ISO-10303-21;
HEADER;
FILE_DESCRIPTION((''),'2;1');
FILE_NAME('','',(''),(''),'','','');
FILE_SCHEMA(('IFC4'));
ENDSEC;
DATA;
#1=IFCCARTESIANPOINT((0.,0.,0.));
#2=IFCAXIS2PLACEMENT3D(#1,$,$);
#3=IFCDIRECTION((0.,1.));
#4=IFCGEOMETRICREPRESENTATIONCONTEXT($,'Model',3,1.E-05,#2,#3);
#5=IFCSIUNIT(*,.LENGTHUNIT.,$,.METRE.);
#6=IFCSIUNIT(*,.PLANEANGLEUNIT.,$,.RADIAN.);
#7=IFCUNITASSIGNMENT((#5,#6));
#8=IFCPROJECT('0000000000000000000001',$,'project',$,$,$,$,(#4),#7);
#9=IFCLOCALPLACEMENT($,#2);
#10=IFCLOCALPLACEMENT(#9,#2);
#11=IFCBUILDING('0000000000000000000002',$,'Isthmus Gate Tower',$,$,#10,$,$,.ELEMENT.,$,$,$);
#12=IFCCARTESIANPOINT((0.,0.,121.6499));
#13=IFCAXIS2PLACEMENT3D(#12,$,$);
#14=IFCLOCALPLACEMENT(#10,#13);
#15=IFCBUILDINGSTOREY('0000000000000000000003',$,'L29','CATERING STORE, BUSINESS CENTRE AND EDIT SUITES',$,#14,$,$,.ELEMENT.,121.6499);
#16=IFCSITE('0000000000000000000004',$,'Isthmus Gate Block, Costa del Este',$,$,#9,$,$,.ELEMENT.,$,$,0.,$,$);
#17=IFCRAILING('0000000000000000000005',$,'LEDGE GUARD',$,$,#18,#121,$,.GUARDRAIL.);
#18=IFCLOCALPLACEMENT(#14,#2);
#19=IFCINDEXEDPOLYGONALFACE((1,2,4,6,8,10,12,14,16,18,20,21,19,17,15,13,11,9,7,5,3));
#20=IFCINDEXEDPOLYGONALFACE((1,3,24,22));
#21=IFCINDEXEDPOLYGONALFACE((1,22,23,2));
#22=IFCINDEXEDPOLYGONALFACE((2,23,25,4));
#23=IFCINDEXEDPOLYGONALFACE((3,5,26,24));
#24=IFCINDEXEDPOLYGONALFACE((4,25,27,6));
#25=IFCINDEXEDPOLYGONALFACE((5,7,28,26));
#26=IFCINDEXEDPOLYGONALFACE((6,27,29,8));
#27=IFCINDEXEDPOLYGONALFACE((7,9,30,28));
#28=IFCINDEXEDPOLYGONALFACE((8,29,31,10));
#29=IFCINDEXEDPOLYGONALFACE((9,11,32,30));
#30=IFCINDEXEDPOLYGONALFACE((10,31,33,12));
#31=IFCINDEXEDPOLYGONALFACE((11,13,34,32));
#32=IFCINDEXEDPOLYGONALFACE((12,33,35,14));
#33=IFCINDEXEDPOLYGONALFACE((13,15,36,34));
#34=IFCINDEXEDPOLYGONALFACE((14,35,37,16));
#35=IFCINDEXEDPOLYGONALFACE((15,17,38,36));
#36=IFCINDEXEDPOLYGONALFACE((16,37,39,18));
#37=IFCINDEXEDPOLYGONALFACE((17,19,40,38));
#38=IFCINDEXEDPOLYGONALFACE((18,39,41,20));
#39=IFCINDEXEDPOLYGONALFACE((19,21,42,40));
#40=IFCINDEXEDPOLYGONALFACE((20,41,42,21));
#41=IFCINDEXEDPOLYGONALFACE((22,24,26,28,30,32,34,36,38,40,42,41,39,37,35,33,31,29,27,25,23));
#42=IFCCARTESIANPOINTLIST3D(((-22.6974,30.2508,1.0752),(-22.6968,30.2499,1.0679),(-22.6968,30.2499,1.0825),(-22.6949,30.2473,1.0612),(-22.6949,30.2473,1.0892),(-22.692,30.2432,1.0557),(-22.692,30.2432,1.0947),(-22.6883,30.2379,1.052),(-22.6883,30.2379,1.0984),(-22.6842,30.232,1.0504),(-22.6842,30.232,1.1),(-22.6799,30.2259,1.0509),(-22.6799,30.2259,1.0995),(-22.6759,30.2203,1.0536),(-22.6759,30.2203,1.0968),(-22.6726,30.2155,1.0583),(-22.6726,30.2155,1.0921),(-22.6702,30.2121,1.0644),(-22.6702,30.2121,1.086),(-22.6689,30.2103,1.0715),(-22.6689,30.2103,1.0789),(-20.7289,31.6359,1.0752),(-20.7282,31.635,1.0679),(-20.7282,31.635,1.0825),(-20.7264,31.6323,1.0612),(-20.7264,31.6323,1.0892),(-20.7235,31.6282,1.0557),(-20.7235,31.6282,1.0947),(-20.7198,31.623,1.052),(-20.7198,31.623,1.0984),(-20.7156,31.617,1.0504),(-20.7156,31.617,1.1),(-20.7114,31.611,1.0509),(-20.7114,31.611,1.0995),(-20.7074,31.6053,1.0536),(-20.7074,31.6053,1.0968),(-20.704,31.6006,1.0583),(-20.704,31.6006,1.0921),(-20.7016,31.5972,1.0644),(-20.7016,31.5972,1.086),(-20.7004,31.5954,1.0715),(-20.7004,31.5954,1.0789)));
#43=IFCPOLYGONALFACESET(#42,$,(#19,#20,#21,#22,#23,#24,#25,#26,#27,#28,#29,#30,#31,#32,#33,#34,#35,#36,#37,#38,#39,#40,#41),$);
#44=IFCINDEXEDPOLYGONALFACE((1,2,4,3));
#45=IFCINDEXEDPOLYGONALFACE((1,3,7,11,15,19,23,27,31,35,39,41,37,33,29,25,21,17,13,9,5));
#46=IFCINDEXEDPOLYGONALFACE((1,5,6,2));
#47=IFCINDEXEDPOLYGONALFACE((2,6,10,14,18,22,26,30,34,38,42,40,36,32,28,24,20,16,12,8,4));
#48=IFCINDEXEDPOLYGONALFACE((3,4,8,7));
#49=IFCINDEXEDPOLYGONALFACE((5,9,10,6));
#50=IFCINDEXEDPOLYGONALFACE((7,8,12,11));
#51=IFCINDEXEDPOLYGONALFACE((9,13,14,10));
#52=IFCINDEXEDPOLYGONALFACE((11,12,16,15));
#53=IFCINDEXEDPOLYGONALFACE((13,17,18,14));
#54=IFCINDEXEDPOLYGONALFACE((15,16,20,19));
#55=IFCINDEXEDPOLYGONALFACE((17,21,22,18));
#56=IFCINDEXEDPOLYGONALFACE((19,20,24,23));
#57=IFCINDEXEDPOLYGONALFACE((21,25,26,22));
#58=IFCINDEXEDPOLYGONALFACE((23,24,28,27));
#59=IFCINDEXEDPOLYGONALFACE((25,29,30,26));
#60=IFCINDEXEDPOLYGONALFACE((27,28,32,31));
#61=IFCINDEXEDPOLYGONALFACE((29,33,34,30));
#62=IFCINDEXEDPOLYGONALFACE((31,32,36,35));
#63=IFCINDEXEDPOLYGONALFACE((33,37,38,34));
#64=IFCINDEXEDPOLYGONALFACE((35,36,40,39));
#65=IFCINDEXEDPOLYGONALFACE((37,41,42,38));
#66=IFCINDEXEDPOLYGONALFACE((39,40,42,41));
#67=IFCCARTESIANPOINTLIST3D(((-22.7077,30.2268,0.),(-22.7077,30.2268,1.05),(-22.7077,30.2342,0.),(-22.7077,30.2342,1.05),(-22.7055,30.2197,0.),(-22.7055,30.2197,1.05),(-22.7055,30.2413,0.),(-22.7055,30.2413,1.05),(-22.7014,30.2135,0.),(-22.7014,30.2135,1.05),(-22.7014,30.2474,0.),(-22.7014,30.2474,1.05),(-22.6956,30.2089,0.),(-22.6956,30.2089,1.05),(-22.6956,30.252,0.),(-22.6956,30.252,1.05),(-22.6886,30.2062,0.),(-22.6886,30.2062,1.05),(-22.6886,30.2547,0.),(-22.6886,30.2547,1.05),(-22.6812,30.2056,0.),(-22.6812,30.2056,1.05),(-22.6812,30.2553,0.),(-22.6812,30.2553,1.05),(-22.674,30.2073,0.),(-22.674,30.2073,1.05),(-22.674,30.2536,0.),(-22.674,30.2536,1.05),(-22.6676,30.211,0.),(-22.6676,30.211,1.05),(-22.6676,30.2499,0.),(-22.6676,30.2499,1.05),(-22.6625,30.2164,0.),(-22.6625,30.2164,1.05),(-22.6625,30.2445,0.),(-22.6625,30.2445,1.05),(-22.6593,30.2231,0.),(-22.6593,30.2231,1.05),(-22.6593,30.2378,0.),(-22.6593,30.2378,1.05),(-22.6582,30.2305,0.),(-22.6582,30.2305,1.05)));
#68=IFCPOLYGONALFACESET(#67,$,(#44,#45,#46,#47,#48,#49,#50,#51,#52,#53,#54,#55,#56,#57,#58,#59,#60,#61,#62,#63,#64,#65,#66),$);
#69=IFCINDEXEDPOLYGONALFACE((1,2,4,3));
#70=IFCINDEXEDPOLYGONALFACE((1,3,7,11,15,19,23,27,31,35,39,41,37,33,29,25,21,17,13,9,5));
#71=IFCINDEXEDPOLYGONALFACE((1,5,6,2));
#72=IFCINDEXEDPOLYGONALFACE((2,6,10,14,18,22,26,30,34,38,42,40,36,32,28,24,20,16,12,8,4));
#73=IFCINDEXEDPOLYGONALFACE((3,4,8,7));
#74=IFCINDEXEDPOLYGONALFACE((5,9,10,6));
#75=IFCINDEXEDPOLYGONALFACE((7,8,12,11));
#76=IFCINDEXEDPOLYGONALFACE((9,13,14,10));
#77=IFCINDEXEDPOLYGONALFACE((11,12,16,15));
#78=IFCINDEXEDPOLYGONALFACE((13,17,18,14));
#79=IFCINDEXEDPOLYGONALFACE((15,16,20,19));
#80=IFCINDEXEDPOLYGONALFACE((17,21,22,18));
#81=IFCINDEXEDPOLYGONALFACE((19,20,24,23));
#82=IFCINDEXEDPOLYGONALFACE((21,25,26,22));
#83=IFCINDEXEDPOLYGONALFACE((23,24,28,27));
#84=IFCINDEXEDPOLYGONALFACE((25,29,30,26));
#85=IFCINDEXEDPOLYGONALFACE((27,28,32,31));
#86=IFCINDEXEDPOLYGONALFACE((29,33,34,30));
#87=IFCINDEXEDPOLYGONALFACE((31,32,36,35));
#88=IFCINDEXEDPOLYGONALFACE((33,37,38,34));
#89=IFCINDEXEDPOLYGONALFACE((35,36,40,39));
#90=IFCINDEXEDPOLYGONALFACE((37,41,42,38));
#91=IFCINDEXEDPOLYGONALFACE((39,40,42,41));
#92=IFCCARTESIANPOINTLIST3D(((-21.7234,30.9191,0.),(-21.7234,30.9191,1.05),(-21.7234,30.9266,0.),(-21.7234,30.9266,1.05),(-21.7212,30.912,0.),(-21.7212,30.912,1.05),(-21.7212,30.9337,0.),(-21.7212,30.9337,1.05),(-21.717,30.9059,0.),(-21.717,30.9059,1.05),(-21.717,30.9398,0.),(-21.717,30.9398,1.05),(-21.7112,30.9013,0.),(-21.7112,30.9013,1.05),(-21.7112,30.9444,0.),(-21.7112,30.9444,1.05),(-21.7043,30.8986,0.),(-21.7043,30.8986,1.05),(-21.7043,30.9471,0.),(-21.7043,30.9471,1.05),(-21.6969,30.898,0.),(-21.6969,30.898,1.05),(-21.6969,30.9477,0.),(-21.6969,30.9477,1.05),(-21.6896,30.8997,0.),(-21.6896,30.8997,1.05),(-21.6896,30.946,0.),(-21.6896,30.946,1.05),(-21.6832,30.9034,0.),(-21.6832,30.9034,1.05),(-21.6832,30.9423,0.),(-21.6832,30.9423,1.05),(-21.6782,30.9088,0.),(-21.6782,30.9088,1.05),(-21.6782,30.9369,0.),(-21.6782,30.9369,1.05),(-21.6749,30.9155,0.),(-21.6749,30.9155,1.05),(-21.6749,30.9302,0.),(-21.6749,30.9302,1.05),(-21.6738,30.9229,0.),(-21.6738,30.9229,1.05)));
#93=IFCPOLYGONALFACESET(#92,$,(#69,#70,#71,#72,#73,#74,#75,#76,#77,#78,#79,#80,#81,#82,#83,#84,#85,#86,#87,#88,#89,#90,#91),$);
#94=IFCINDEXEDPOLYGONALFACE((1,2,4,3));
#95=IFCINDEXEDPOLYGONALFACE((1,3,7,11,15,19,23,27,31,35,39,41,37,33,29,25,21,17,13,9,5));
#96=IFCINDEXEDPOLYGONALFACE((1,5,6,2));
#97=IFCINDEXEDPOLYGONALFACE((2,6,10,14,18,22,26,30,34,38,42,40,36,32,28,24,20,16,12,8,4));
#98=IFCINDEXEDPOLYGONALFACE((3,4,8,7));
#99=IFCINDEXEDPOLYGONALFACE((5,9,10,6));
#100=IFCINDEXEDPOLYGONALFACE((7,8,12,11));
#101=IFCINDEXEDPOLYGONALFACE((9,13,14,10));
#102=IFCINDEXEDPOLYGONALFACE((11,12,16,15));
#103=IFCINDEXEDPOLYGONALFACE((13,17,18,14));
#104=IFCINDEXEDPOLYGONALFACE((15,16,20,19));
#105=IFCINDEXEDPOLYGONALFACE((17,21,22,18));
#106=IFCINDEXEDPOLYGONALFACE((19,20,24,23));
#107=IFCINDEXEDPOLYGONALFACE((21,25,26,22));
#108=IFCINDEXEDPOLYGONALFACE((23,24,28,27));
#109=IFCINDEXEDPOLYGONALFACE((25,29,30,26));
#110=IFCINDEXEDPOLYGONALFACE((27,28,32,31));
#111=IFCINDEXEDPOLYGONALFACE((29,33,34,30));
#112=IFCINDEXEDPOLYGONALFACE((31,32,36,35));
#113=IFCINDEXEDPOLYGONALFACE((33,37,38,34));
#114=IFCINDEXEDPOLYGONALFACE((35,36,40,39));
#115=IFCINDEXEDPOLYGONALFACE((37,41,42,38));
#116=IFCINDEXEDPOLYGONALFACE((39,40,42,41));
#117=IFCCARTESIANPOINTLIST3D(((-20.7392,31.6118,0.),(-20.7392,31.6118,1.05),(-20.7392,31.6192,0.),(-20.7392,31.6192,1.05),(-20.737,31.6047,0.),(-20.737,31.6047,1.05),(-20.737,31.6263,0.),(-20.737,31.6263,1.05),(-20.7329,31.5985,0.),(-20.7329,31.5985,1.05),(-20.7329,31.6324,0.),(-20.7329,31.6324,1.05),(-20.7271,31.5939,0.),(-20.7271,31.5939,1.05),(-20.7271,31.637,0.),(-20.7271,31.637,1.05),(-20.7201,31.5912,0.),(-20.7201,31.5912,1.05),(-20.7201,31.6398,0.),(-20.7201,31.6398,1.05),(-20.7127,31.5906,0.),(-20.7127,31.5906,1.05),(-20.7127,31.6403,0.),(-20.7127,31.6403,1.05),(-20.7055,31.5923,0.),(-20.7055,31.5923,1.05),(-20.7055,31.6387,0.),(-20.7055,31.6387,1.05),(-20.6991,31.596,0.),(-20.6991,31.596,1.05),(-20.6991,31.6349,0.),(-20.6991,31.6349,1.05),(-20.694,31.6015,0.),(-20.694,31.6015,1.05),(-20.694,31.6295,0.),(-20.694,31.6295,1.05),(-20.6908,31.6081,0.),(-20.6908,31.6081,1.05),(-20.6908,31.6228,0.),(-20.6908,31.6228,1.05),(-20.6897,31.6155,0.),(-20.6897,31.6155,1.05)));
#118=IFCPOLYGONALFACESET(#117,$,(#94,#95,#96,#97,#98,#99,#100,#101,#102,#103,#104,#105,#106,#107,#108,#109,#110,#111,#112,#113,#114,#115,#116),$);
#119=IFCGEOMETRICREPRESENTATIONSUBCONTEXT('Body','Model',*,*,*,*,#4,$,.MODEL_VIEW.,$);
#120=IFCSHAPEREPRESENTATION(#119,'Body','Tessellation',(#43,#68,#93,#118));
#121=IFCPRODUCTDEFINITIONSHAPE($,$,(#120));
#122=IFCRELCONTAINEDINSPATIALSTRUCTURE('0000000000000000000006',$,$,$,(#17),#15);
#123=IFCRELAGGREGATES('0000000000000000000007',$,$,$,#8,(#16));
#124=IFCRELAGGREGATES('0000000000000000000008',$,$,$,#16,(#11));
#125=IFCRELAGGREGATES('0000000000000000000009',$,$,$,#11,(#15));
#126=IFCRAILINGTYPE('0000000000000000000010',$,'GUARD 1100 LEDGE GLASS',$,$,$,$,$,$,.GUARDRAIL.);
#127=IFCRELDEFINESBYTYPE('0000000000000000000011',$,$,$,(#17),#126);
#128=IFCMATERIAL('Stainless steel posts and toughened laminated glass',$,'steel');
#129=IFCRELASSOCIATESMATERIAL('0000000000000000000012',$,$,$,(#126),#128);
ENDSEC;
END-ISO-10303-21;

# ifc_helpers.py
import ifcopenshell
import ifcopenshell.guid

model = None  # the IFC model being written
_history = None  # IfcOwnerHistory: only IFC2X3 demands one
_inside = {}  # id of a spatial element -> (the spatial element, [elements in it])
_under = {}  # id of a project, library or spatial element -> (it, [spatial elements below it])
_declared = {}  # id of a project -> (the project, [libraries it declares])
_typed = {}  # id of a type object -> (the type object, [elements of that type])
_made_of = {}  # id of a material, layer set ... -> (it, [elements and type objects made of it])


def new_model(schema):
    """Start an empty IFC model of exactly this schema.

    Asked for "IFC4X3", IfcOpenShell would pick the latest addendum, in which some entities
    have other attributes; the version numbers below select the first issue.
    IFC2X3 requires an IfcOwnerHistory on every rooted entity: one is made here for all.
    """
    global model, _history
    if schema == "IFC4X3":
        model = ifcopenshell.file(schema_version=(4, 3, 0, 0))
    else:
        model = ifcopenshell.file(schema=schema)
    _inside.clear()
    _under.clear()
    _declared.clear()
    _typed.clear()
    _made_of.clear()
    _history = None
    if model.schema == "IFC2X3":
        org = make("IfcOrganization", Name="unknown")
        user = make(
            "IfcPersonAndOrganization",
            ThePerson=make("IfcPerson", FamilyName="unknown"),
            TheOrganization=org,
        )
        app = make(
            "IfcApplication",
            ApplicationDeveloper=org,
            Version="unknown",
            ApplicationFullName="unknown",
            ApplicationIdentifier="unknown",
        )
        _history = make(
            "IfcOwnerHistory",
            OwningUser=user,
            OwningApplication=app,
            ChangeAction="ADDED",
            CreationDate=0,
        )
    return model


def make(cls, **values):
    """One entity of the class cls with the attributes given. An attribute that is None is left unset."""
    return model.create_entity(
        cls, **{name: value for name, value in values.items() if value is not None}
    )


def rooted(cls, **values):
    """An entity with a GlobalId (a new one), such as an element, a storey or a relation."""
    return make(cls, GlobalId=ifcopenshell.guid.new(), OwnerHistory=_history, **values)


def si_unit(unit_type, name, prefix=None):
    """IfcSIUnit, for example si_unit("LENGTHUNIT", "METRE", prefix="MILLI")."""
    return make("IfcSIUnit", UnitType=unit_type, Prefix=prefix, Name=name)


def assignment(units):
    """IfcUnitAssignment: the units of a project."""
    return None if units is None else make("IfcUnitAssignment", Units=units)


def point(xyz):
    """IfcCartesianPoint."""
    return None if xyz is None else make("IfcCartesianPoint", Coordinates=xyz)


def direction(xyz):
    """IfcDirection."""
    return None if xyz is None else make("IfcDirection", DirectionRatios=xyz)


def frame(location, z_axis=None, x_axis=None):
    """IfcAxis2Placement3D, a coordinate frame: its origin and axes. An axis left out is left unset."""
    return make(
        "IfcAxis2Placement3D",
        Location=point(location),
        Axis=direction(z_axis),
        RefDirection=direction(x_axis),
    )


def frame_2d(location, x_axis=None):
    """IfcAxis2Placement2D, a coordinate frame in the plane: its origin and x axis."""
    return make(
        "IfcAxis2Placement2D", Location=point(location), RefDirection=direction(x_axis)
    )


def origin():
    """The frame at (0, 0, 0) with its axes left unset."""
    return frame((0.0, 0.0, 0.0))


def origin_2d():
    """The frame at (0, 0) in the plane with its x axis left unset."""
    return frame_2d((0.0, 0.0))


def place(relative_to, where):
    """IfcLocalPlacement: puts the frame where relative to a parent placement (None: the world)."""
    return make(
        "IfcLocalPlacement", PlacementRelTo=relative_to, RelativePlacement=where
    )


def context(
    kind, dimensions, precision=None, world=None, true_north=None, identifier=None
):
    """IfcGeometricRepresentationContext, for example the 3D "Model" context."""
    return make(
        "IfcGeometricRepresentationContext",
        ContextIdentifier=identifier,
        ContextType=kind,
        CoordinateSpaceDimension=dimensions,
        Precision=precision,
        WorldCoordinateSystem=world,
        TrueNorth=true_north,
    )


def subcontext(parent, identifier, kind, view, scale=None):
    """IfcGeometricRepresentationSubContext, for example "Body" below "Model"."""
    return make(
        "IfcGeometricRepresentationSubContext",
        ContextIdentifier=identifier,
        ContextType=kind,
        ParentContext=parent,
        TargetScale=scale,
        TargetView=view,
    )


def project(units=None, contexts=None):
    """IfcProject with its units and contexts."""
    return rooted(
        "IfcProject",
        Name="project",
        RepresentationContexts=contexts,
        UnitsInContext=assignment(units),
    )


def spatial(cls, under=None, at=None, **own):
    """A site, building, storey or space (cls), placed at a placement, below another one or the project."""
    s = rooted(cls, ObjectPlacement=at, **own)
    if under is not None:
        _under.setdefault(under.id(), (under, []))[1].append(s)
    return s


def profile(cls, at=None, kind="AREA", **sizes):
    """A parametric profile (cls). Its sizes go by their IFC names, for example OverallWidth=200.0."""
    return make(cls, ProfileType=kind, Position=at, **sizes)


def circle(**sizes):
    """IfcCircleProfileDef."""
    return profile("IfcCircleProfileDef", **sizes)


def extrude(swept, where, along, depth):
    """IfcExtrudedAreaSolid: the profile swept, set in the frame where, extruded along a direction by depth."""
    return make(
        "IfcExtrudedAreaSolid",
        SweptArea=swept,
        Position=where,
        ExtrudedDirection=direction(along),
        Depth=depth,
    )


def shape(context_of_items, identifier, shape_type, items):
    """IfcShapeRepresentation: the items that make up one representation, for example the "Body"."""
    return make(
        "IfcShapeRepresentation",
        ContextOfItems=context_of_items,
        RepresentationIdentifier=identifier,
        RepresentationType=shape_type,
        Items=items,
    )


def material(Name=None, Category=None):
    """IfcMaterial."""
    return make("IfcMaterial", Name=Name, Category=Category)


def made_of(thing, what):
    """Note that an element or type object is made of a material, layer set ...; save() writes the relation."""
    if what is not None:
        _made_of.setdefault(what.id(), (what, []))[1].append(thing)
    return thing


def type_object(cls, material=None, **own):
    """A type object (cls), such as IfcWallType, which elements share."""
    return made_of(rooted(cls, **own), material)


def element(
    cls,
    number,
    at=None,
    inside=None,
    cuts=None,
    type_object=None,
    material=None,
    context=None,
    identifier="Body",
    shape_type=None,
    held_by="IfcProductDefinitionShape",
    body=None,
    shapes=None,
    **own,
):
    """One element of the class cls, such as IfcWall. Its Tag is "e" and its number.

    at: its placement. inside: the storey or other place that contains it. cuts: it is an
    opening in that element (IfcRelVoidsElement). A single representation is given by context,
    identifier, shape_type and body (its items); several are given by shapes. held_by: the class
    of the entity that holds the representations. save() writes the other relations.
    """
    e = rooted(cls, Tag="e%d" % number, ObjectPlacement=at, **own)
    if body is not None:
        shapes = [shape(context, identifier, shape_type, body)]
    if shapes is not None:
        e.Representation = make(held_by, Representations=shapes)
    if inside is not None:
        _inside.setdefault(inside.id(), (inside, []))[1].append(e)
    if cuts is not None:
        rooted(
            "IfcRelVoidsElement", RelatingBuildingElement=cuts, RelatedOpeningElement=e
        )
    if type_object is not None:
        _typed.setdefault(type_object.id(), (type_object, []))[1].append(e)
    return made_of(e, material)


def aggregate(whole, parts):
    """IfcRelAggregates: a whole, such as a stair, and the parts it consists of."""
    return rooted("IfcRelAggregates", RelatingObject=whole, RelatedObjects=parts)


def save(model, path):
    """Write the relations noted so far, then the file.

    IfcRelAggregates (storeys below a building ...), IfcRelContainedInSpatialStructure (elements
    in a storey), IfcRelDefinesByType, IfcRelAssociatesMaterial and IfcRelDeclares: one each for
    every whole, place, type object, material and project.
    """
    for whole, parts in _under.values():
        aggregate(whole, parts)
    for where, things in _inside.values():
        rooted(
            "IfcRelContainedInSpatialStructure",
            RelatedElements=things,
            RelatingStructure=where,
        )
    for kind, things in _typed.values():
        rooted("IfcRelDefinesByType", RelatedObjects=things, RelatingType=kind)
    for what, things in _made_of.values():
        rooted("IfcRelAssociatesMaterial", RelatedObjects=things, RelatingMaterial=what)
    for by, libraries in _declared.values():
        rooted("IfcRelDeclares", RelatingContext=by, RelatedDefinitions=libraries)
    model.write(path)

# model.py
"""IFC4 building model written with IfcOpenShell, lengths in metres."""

from ifc_helpers import new_model, si_unit, direction, frame, origin, origin_2d, place, context, subcontext, project, spatial, circle, extrude, material, type_object, element, save


model = new_model("IFC4")

# Units and contexts
model_context = context("Model", 3, precision=1e-05, world=origin(), true_north=direction((0.0, 1.0)))
body_context = subcontext(model_context, "Body", "Model", "MODEL_VIEW")
ifc_project = project(units=[si_unit("LENGTHUNIT", "METRE"), si_unit("PLANEANGLEUNIT", "RADIAN")], contexts=[model_context])

# Site, building, storey
site_placement = place(None, origin())
site = spatial("IfcSite", under=ifc_project, at=site_placement, Name="Isthmus Gate Block, Costa del Este", CompositionType="ELEMENT", RefElevation=0.0)
building_placement = place(site_placement, origin())
building = spatial("IfcBuilding", under=site, at=building_placement, Name="Isthmus Gate Tower", CompositionType="ELEMENT")
storey_placement = place(building_placement, frame((0.0, 0.0, 121.6499)))
storey = spatial("IfcBuildingStorey", under=building, at=storey_placement, Name="L29", Description="CATERING STORE, BUSINESS CENTRE AND EDIT SUITES", CompositionType="ELEMENT", Elevation=121.6499)

# Railing
ifc_material_1 = material(Name="Stainless steel posts and toughened laminated glass", Category="steel")
railing_type = type_object("IfcRailingType", Name="GUARD 1100 LEDGE GLASS", PredefinedType="GUARDRAIL", material=ifc_material_1)
railing_1_placement = place(storey_placement, frame((-22.6831, 30.2305, 0.0)))
element("IfcRailing", 1, at=railing_1_placement, inside=storey, type_object=railing_type, Name="LEDGE GUARD", PredefinedType="GUARDRAIL", context=body_context, shape_type="SweptSolid", body=[
    extrude(circle(Radius=0.0249, at=origin_2d()), frame((0.0, 0.0, 1.0752), z_axis=(0.817852, 0.575428, 0.0), x_axis=(-0.575428, 0.817852, 0.0)), (0.0, 0.0, 1.0), 2.407),
    extrude(circle(Radius=0.0249, at=origin_2d()), origin(), (0.0, 0.0, 1.0), 1.05),
    extrude(circle(Radius=0.0249, at=origin_2d()), frame((0.9844, 0.6924, 0.0)), (0.0, 0.0, 1.0), 1.05),
    extrude(circle(Radius=0.0249, at=origin_2d()), frame((1.9685, 1.385, 0.0)), (0.0, 0.0, 1.0), 1.05),
])

save(model, "model.ifc")
